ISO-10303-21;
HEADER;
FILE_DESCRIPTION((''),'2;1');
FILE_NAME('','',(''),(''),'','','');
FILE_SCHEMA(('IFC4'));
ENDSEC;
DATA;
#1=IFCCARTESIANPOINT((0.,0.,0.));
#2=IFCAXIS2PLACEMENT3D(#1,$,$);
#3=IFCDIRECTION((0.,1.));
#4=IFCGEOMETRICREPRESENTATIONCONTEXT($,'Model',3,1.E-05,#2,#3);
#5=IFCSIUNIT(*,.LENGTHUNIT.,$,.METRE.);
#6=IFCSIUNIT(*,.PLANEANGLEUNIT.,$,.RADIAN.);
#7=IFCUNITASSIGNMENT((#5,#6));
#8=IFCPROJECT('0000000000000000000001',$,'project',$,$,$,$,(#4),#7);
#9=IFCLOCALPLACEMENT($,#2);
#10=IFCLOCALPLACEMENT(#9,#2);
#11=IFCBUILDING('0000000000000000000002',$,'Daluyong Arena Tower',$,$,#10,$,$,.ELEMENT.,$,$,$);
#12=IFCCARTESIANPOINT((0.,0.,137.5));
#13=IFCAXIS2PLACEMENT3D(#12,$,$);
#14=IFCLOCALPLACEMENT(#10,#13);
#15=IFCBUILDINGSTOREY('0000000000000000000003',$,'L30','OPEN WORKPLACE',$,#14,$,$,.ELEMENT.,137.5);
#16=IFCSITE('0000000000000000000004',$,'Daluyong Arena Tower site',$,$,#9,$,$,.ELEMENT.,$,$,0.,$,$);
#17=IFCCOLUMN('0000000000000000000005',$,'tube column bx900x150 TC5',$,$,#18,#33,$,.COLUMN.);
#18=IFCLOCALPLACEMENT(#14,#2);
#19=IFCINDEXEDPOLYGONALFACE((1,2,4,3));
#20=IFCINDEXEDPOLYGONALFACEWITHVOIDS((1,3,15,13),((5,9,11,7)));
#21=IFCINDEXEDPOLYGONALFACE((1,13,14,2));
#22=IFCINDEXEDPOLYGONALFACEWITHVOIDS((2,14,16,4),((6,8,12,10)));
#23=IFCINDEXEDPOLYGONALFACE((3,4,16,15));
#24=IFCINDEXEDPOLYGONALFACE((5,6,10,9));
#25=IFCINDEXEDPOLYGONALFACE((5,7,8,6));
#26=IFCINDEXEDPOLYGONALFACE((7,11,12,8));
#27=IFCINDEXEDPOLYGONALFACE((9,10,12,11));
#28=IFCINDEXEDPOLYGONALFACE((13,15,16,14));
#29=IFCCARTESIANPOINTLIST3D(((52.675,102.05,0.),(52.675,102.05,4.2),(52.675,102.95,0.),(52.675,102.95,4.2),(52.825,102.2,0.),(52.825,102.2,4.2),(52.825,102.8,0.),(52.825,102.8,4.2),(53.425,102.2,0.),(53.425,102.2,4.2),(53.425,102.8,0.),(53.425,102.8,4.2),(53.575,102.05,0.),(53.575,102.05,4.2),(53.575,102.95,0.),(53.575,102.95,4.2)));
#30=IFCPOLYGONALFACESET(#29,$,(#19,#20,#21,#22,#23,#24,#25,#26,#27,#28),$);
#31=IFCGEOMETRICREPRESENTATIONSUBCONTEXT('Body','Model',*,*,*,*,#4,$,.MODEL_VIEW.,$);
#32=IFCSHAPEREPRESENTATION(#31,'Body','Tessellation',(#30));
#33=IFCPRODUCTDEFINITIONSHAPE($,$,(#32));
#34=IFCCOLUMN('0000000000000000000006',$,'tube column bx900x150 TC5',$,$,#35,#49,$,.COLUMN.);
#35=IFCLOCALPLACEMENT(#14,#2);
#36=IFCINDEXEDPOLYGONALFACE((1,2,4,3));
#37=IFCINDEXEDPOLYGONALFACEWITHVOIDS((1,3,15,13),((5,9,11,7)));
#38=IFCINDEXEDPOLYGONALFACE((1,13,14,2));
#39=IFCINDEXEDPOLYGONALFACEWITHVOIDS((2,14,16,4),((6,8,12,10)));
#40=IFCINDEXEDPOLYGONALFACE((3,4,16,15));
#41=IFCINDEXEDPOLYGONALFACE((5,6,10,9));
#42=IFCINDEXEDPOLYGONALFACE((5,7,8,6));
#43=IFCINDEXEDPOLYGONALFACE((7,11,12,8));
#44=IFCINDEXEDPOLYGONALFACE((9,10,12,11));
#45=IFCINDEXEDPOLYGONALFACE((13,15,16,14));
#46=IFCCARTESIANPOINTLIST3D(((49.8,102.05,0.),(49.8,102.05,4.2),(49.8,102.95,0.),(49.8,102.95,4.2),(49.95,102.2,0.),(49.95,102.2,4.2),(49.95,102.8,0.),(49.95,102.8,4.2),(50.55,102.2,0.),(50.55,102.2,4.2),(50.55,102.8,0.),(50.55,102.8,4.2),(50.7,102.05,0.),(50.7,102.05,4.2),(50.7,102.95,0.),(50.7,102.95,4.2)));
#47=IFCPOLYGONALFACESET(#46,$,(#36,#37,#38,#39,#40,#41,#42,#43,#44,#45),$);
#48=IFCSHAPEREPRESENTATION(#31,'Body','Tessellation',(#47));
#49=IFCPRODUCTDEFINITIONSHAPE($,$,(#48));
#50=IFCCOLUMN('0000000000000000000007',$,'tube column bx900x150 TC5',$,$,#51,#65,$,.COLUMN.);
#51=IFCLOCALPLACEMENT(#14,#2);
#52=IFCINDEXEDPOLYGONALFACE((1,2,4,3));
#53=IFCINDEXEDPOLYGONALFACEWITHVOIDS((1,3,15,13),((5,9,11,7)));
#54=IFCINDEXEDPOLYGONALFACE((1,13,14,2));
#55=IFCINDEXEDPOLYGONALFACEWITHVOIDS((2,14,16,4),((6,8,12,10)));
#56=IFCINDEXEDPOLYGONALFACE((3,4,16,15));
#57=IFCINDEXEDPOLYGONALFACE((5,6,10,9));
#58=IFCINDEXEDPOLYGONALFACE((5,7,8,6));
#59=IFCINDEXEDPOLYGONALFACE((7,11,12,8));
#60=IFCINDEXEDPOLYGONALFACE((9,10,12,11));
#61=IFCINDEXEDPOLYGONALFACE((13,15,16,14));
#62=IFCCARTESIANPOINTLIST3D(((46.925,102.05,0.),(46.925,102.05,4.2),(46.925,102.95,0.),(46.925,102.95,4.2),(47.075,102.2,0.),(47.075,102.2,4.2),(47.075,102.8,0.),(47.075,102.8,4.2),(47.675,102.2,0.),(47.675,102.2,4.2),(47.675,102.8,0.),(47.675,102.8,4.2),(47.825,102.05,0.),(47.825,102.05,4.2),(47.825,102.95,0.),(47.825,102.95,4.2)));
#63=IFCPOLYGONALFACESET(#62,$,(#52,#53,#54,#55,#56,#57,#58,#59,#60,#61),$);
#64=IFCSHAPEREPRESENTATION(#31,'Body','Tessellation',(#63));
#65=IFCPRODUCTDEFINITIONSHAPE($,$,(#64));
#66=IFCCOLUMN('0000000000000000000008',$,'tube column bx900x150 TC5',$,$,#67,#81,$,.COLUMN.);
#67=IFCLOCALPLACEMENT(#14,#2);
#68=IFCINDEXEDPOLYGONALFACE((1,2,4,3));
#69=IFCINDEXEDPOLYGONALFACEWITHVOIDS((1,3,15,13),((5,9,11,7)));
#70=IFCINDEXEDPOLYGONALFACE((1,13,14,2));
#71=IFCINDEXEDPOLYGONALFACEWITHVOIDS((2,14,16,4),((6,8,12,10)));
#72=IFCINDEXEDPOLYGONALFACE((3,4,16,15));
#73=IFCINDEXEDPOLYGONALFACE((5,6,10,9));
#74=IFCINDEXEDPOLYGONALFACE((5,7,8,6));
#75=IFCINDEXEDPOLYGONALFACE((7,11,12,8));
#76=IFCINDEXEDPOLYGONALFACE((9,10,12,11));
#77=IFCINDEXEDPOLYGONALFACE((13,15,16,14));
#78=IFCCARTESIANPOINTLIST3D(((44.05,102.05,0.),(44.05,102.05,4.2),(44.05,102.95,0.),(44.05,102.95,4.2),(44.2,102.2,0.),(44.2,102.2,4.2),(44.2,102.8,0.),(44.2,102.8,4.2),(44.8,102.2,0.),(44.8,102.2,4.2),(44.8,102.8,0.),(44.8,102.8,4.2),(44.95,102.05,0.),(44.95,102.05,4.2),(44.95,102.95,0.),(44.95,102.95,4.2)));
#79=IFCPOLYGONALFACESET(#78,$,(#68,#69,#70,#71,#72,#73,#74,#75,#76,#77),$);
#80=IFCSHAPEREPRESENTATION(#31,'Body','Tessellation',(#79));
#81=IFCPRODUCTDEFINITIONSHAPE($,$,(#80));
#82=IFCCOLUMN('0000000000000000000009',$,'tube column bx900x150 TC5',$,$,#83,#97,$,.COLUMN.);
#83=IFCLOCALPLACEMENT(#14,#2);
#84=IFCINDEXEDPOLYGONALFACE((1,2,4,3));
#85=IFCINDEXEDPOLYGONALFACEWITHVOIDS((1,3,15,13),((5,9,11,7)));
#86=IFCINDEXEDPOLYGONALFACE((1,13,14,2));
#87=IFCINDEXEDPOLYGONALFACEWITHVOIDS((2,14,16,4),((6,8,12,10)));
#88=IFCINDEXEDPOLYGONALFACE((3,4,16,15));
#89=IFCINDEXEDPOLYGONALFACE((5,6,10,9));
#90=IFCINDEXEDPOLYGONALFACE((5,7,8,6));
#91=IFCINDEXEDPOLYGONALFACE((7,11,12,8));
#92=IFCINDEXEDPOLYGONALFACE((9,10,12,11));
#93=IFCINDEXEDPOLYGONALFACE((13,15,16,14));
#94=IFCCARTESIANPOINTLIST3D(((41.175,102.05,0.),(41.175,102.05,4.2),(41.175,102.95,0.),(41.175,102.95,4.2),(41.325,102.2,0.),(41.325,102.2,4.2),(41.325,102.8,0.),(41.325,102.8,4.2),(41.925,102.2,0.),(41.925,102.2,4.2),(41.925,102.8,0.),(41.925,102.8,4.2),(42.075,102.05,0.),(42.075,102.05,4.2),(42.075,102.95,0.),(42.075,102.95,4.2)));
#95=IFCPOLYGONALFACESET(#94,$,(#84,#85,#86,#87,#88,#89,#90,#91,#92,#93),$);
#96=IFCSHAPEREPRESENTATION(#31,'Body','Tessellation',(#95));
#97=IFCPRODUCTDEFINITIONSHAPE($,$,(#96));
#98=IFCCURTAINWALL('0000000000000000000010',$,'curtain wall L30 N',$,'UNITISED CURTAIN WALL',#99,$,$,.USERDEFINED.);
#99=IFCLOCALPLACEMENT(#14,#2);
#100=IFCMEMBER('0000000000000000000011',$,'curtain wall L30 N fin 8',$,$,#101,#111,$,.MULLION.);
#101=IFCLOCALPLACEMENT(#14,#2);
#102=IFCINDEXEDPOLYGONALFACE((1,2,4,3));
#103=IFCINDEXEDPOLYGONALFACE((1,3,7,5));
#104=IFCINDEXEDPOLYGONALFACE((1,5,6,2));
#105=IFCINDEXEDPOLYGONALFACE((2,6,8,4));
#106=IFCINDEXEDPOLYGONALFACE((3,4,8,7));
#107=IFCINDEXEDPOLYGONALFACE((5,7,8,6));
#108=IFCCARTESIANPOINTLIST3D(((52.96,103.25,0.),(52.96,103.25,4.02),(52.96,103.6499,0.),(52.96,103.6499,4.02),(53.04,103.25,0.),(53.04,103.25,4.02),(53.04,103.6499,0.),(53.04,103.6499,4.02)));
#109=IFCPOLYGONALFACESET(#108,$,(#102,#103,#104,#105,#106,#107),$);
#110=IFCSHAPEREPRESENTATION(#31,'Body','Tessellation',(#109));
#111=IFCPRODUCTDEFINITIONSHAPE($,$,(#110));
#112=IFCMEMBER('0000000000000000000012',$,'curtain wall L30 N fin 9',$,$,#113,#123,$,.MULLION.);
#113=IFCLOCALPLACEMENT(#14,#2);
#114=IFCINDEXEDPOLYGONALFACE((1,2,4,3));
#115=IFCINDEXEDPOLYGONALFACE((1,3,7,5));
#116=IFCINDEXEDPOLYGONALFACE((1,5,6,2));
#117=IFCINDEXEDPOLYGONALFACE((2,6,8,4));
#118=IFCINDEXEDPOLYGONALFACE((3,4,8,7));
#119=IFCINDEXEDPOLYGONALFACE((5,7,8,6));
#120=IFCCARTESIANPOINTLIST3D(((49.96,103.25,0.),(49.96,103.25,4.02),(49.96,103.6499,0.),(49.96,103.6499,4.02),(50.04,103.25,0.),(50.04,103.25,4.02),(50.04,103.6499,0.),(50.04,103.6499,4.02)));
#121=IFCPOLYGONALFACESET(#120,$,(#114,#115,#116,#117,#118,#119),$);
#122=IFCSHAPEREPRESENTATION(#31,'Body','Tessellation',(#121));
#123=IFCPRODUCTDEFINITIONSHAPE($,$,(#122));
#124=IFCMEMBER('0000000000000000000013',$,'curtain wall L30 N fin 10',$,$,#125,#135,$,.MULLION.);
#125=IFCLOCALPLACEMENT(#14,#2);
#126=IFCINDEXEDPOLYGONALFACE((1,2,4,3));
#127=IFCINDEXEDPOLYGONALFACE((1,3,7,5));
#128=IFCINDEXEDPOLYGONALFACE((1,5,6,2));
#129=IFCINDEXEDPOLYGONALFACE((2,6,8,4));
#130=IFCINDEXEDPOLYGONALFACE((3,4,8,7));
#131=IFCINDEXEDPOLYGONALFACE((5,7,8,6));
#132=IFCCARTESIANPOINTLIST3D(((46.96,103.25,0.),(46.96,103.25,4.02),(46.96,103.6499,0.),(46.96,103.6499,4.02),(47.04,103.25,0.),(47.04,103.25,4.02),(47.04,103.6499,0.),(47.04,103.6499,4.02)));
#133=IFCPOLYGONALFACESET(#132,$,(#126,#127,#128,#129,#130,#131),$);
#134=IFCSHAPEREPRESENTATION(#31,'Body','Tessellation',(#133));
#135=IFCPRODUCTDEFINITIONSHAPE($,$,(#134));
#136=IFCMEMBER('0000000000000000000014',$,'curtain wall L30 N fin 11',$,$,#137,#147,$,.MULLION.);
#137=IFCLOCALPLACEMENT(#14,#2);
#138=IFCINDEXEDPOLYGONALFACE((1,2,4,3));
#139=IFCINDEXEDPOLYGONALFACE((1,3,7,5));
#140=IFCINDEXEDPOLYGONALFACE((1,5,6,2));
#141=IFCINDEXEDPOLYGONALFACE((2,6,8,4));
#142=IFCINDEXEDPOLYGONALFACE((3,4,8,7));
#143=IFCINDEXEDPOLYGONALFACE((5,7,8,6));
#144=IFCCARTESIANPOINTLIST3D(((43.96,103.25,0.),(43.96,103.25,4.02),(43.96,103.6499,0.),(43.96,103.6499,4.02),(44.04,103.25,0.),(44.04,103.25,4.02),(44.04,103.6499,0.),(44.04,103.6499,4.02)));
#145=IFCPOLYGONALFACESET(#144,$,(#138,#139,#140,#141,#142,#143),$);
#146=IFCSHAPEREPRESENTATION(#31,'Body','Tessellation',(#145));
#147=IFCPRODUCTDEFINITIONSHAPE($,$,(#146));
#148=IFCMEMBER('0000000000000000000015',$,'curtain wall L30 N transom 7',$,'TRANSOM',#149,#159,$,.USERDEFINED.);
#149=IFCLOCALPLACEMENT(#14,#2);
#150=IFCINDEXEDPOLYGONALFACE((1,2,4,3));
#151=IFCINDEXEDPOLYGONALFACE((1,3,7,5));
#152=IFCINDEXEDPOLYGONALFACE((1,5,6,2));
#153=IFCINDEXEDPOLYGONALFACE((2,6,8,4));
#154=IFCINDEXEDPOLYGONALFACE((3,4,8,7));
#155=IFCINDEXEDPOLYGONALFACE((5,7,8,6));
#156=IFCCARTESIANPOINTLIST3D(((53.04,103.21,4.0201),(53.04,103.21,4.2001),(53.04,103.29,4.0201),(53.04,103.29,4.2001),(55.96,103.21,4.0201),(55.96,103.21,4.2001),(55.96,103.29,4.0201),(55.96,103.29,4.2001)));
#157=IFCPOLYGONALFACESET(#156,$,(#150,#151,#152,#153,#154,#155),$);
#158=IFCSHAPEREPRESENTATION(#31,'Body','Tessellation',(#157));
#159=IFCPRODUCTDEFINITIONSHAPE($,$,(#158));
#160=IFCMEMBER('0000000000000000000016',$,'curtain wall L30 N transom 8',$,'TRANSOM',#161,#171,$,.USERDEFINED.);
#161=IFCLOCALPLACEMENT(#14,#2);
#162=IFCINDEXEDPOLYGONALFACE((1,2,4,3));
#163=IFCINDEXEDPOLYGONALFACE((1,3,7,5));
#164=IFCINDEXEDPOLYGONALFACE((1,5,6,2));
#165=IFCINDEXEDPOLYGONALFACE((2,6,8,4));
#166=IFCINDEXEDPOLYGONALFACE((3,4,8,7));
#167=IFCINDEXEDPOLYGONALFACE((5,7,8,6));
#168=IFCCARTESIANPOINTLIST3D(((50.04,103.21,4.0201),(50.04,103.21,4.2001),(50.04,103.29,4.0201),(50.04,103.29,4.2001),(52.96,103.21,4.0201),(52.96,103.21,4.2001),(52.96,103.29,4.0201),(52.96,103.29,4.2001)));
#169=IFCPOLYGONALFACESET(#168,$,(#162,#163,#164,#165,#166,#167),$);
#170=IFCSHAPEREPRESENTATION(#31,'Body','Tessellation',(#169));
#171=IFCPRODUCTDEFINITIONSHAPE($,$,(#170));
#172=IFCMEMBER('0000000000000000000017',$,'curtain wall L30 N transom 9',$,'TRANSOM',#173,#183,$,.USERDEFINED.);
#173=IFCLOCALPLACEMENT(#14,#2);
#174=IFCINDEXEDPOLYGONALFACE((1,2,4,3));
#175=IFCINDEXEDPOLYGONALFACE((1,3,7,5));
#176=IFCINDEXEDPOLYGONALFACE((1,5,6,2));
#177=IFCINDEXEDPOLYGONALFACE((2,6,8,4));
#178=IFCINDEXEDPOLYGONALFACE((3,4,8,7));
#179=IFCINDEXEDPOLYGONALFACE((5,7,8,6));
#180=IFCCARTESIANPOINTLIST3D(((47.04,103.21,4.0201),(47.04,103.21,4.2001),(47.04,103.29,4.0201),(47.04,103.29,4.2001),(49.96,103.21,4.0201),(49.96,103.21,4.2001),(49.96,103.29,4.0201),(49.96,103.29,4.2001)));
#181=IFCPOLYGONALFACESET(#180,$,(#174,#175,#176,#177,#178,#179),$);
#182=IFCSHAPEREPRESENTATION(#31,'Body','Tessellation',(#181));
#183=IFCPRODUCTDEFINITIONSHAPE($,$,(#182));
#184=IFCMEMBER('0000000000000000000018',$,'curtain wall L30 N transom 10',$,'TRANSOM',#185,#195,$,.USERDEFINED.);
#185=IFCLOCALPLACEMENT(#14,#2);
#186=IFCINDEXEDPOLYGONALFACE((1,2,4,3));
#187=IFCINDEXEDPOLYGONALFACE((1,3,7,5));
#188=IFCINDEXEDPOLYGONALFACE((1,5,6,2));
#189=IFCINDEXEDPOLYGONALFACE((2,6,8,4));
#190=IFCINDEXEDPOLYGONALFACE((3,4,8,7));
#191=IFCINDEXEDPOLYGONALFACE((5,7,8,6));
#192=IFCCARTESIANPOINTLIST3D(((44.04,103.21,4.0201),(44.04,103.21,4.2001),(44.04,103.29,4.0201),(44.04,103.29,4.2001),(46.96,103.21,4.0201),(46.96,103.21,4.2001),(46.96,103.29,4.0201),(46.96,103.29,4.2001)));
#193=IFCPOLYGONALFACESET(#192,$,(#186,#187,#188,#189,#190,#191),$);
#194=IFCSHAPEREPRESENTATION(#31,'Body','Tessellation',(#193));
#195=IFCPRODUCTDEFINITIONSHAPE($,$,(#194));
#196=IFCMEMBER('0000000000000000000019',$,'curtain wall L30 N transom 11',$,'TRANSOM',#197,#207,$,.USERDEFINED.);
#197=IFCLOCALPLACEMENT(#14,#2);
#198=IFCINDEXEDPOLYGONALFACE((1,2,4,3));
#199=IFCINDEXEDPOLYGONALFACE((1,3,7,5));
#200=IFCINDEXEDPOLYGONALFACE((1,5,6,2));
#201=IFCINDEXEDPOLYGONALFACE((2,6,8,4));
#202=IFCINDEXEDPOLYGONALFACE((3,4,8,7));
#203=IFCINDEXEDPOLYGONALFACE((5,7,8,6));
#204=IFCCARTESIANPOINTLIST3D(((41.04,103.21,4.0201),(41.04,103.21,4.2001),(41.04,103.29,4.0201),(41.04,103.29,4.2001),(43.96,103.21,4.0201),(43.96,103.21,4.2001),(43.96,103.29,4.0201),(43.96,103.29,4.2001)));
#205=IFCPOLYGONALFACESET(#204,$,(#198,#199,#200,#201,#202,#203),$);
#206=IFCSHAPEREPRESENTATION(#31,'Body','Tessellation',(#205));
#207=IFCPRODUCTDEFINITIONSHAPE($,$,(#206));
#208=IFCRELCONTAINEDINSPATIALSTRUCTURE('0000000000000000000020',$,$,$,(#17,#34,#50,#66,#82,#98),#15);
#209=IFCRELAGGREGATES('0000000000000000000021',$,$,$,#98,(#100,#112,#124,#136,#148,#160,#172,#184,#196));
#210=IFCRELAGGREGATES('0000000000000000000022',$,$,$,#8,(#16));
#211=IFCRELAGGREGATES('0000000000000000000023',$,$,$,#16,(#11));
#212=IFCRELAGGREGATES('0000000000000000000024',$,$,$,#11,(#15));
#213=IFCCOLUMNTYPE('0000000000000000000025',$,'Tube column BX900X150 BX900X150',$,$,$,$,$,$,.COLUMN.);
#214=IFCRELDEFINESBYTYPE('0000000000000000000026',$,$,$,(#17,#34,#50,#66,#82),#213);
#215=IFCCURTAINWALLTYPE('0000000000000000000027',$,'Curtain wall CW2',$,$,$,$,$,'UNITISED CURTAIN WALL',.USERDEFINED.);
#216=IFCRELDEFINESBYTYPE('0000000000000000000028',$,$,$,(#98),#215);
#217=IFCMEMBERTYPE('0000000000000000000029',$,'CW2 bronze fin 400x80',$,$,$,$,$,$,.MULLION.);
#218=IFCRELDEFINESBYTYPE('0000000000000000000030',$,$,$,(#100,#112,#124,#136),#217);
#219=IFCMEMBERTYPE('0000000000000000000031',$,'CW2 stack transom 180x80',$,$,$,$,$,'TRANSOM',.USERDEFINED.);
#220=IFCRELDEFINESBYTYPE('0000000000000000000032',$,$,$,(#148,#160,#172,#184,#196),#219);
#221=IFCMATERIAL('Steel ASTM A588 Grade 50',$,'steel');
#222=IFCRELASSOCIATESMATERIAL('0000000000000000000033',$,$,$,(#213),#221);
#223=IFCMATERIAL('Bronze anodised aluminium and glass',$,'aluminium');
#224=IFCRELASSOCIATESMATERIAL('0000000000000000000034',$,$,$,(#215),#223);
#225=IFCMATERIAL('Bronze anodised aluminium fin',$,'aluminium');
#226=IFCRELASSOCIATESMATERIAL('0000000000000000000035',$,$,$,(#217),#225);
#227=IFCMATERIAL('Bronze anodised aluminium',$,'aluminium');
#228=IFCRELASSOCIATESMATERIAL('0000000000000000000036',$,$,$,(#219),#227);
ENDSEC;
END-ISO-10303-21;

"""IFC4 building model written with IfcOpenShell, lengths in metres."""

from ifc_helpers import new_model, si_unit, direction, frame, origin, origin_2d, place, context, subcontext, project, spatial, rectangle, hollow_rectangle, extrude, material, material_profile, profile_set, type_object, element, aggregate, save


model = new_model("IFC4")

# Units and contexts
model_context = context("Model", 3, precision=1e-05, world=origin(), true_north=direction((0.0, 1.0)))
body_context = subcontext(model_context, "Body", "Model", "MODEL_VIEW")
ifc_project = project(units=[si_unit("LENGTHUNIT", "METRE"), si_unit("PLANEANGLEUNIT", "RADIAN")], contexts=[model_context])

# Site, building, storey
site_placement = place(None, origin())
site = spatial("IfcSite", under=ifc_project, at=site_placement, Name="Daluyong Arena Tower site", CompositionType="ELEMENT", RefElevation=0.0)
building_placement = place(site_placement, origin())
building = spatial("IfcBuilding", under=site, at=building_placement, Name="Daluyong Arena Tower", CompositionType="ELEMENT")
storey_placement = place(building_placement, frame((0.0, 0.0, 137.5)))
storey = spatial("IfcBuildingStorey", under=building, at=storey_placement, Name="L30", Description="OPEN WORKPLACE", CompositionType="ELEMENT", Elevation=137.5)

# Columns
ifc_material_1 = material(Name="Steel ASTM A588 Grade 50", Category="steel")
ifc_material_profile_1 = material_profile(ifc_material_1, hollow_rectangle(XDim=0.8999, YDim=0.8999, WallThickness=0.15, at=origin_2d()))
ifc_profile_set_1 = profile_set([ifc_material_profile_1], Name="Steel ASTM A588 Grade 50")
column_type = type_object("IfcColumnType", Name="Tube column BX900X150 BX900X150", PredefinedType="COLUMN", material=ifc_profile_set_1)
for number, where, z_axis, x_axis, name in (
    (1, (53.125, 102.5, 0.0), (0.0, 0.0, 1.0), (1.0, 0.0, 0.0), "tube column bx900x150 TC5"),
    (2, (50.25, 102.5, 0.0), (0.0, 0.0, 1.0), (1.0, 0.0, 0.0), "tube column bx900x150 TC5"),
    (3, (47.375, 102.5, 0.0), (0.0, 0.0, 1.0), (1.0, 0.0, 0.0), "tube column bx900x150 TC5"),
    (4, (44.5, 102.5, 0.0), (0.0, 0.0, 1.0), (1.0, 0.0, 0.0), "tube column bx900x150 TC5"),
    (5, (41.625, 102.5, 0.0), (0.0, 0.0, 1.0), (1.0, 0.0, 0.0), "tube column bx900x150 TC5"),
):
    element("IfcColumn", number, at=place(storey_placement, frame(where, z_axis=z_axis, x_axis=x_axis)), inside=storey, type_object=column_type, Name=name, PredefinedType="COLUMN", context=body_context, shape_type="SweptSolid", body=[
        extrude(hollow_rectangle(XDim=0.8999, YDim=0.8999, WallThickness=0.15, at=origin_2d()), origin(), (0.0, 0.0, 1.0), 4.2),
    ])

# Curtain wall, members
ifc_material_2 = material(Name="Bronze anodised aluminium and glass", Category="aluminium")
curtain_wall_type = type_object("IfcCurtainWallType", Name="Curtain wall CW2", ElementType="UNITISED CURTAIN WALL", PredefinedType="USERDEFINED", material=ifc_material_2)
curtain_wall_placement = place(storey_placement, origin())
curtain_wall = element("IfcCurtainWall", 6, at=curtain_wall_placement, inside=storey, type_object=curtain_wall_type, Name="curtain wall L30 N", ObjectType="UNITISED CURTAIN WALL", PredefinedType="USERDEFINED")
ifc_material_3 = material(Name="Bronze anodised aluminium fin", Category="aluminium")
ifc_material_profile_2 = material_profile(ifc_material_3, rectangle(XDim=0.3999, YDim=0.0801, at=origin_2d()))
ifc_profile_set_2 = profile_set([ifc_material_profile_2], Name="Bronze anodised aluminium fin")
member_type_1 = type_object("IfcMemberType", Name="CW2 bronze fin 400x80", PredefinedType="MULLION", material=ifc_profile_set_2)
member_1_placement = place(storey_placement, frame((53.0, 103.45, 0.0), z_axis=(0.0, 0.0, 1.0), x_axis=(0.0, -1.0, 0.0)))
member_1 = element("IfcMember", 7, at=member_1_placement, type_object=member_type_1, Name="curtain wall L30 N fin 8", PredefinedType="MULLION", context=body_context, shape_type="SweptSolid", body=[
    extrude(rectangle(XDim=0.3999, YDim=0.0801, at=origin_2d()), origin(), (0.0, 0.0, 1.0), 4.02),
])
member_2_placement = place(storey_placement, frame((50.0, 103.45, 0.0), z_axis=(0.0, 0.0, 1.0), x_axis=(0.0, -1.0, 0.0)))
member_2 = element("IfcMember", 8, at=member_2_placement, type_object=member_type_1, Name="curtain wall L30 N fin 9", PredefinedType="MULLION", context=body_context, shape_type="SweptSolid", body=[
    extrude(rectangle(XDim=0.3999, YDim=0.0801, at=origin_2d()), origin(), (0.0, 0.0, 1.0), 4.02),
])
member_3_placement = place(storey_placement, frame((47.0, 103.45, 0.0), z_axis=(0.0, 0.0, 1.0), x_axis=(0.0, -1.0, 0.0)))
member_3 = element("IfcMember", 9, at=member_3_placement, type_object=member_type_1, Name="curtain wall L30 N fin 10", PredefinedType="MULLION", context=body_context, shape_type="SweptSolid", body=[
    extrude(rectangle(XDim=0.3999, YDim=0.0801, at=origin_2d()), origin(), (0.0, 0.0, 1.0), 4.02),
])
member_4_placement = place(storey_placement, frame((44.0, 103.45, 0.0), z_axis=(0.0, 0.0, 1.0), x_axis=(0.0, -1.0, 0.0)))
member_4 = element("IfcMember", 10, at=member_4_placement, type_object=member_type_1, Name="curtain wall L30 N fin 11", PredefinedType="MULLION", context=body_context, shape_type="SweptSolid", body=[
    extrude(rectangle(XDim=0.3999, YDim=0.0801, at=origin_2d()), origin(), (0.0, 0.0, 1.0), 4.02),
])
ifc_material_4 = material(Name="Bronze anodised aluminium", Category="aluminium")
ifc_material_profile_3 = material_profile(ifc_material_4, rectangle(XDim=0.0801, YDim=0.1799, at=origin_2d()))
ifc_profile_set_3 = profile_set([ifc_material_profile_3], Name="Bronze anodised aluminium")
member_type_2 = type_object("IfcMemberType", Name="CW2 stack transom 180x80", ElementType="TRANSOM", PredefinedType="USERDEFINED", material=ifc_profile_set_3)
member_5_placement = place(storey_placement, frame((55.96, 103.25, 4.1101), z_axis=(-1.0, 0.0, 0.0), x_axis=(0.0, -1.0, 0.0)))
member_5 = element("IfcMember", 11, at=member_5_placement, type_object=member_type_2, Name="curtain wall L30 N transom 7", ObjectType="TRANSOM", PredefinedType="USERDEFINED", context=body_context, shape_type="SweptSolid", body=[
    extrude(rectangle(XDim=0.0801, YDim=0.1799, at=origin_2d()), origin(), (0.0, 0.0, 1.0), 2.9199),
])
member_6_placement = place(storey_placement, frame((52.96, 103.25, 4.1101), z_axis=(-1.0, 0.0, 0.0), x_axis=(0.0, -1.0, 0.0)))
member_6 = element("IfcMember", 12, at=member_6_placement, type_object=member_type_2, Name="curtain wall L30 N transom 8", ObjectType="TRANSOM", PredefinedType="USERDEFINED", context=body_context, shape_type="SweptSolid", body=[
    extrude(rectangle(XDim=0.0801, YDim=0.1799, at=origin_2d()), origin(), (0.0, 0.0, 1.0), 2.9199),
])
member_7_placement = place(storey_placement, frame((49.96, 103.25, 4.1101), z_axis=(-1.0, 0.0, 0.0), x_axis=(0.0, -1.0, 0.0)))
member_7 = element("IfcMember", 13, at=member_7_placement, type_object=member_type_2, Name="curtain wall L30 N transom 9", ObjectType="TRANSOM", PredefinedType="USERDEFINED", context=body_context, shape_type="SweptSolid", body=[
    extrude(rectangle(XDim=0.0801, YDim=0.1799, at=origin_2d()), origin(), (0.0, 0.0, 1.0), 2.9199),
])
member_8_placement = place(storey_placement, frame((46.96, 103.25, 4.1101), z_axis=(-1.0, 0.0, 0.0), x_axis=(0.0, -1.0, 0.0)))
member_8 = element("IfcMember", 14, at=member_8_placement, type_object=member_type_2, Name="curtain wall L30 N transom 10", ObjectType="TRANSOM", PredefinedType="USERDEFINED", context=body_context, shape_type="SweptSolid", body=[
    extrude(rectangle(XDim=0.0801, YDim=0.1799, at=origin_2d()), origin(), (0.0, 0.0, 1.0), 2.9199),
])
member_9_placement = place(storey_placement, frame((43.96, 103.25, 4.1101), z_axis=(-1.0, 0.0, 0.0), x_axis=(0.0, -1.0, 0.0)))
member_9 = element("IfcMember", 15, at=member_9_placement, type_object=member_type_2, Name="curtain wall L30 N transom 11", ObjectType="TRANSOM", PredefinedType="USERDEFINED", context=body_context, shape_type="SweptSolid", body=[
    extrude(rectangle(XDim=0.0801, YDim=0.1799, at=origin_2d()), origin(), (0.0, 0.0, 1.0), 2.9199),
])

aggregate(curtain_wall, [member_1, member_2, member_3, member_4, member_5, member_6, member_7, member_8, member_9])

save(model, "model.ifc")
